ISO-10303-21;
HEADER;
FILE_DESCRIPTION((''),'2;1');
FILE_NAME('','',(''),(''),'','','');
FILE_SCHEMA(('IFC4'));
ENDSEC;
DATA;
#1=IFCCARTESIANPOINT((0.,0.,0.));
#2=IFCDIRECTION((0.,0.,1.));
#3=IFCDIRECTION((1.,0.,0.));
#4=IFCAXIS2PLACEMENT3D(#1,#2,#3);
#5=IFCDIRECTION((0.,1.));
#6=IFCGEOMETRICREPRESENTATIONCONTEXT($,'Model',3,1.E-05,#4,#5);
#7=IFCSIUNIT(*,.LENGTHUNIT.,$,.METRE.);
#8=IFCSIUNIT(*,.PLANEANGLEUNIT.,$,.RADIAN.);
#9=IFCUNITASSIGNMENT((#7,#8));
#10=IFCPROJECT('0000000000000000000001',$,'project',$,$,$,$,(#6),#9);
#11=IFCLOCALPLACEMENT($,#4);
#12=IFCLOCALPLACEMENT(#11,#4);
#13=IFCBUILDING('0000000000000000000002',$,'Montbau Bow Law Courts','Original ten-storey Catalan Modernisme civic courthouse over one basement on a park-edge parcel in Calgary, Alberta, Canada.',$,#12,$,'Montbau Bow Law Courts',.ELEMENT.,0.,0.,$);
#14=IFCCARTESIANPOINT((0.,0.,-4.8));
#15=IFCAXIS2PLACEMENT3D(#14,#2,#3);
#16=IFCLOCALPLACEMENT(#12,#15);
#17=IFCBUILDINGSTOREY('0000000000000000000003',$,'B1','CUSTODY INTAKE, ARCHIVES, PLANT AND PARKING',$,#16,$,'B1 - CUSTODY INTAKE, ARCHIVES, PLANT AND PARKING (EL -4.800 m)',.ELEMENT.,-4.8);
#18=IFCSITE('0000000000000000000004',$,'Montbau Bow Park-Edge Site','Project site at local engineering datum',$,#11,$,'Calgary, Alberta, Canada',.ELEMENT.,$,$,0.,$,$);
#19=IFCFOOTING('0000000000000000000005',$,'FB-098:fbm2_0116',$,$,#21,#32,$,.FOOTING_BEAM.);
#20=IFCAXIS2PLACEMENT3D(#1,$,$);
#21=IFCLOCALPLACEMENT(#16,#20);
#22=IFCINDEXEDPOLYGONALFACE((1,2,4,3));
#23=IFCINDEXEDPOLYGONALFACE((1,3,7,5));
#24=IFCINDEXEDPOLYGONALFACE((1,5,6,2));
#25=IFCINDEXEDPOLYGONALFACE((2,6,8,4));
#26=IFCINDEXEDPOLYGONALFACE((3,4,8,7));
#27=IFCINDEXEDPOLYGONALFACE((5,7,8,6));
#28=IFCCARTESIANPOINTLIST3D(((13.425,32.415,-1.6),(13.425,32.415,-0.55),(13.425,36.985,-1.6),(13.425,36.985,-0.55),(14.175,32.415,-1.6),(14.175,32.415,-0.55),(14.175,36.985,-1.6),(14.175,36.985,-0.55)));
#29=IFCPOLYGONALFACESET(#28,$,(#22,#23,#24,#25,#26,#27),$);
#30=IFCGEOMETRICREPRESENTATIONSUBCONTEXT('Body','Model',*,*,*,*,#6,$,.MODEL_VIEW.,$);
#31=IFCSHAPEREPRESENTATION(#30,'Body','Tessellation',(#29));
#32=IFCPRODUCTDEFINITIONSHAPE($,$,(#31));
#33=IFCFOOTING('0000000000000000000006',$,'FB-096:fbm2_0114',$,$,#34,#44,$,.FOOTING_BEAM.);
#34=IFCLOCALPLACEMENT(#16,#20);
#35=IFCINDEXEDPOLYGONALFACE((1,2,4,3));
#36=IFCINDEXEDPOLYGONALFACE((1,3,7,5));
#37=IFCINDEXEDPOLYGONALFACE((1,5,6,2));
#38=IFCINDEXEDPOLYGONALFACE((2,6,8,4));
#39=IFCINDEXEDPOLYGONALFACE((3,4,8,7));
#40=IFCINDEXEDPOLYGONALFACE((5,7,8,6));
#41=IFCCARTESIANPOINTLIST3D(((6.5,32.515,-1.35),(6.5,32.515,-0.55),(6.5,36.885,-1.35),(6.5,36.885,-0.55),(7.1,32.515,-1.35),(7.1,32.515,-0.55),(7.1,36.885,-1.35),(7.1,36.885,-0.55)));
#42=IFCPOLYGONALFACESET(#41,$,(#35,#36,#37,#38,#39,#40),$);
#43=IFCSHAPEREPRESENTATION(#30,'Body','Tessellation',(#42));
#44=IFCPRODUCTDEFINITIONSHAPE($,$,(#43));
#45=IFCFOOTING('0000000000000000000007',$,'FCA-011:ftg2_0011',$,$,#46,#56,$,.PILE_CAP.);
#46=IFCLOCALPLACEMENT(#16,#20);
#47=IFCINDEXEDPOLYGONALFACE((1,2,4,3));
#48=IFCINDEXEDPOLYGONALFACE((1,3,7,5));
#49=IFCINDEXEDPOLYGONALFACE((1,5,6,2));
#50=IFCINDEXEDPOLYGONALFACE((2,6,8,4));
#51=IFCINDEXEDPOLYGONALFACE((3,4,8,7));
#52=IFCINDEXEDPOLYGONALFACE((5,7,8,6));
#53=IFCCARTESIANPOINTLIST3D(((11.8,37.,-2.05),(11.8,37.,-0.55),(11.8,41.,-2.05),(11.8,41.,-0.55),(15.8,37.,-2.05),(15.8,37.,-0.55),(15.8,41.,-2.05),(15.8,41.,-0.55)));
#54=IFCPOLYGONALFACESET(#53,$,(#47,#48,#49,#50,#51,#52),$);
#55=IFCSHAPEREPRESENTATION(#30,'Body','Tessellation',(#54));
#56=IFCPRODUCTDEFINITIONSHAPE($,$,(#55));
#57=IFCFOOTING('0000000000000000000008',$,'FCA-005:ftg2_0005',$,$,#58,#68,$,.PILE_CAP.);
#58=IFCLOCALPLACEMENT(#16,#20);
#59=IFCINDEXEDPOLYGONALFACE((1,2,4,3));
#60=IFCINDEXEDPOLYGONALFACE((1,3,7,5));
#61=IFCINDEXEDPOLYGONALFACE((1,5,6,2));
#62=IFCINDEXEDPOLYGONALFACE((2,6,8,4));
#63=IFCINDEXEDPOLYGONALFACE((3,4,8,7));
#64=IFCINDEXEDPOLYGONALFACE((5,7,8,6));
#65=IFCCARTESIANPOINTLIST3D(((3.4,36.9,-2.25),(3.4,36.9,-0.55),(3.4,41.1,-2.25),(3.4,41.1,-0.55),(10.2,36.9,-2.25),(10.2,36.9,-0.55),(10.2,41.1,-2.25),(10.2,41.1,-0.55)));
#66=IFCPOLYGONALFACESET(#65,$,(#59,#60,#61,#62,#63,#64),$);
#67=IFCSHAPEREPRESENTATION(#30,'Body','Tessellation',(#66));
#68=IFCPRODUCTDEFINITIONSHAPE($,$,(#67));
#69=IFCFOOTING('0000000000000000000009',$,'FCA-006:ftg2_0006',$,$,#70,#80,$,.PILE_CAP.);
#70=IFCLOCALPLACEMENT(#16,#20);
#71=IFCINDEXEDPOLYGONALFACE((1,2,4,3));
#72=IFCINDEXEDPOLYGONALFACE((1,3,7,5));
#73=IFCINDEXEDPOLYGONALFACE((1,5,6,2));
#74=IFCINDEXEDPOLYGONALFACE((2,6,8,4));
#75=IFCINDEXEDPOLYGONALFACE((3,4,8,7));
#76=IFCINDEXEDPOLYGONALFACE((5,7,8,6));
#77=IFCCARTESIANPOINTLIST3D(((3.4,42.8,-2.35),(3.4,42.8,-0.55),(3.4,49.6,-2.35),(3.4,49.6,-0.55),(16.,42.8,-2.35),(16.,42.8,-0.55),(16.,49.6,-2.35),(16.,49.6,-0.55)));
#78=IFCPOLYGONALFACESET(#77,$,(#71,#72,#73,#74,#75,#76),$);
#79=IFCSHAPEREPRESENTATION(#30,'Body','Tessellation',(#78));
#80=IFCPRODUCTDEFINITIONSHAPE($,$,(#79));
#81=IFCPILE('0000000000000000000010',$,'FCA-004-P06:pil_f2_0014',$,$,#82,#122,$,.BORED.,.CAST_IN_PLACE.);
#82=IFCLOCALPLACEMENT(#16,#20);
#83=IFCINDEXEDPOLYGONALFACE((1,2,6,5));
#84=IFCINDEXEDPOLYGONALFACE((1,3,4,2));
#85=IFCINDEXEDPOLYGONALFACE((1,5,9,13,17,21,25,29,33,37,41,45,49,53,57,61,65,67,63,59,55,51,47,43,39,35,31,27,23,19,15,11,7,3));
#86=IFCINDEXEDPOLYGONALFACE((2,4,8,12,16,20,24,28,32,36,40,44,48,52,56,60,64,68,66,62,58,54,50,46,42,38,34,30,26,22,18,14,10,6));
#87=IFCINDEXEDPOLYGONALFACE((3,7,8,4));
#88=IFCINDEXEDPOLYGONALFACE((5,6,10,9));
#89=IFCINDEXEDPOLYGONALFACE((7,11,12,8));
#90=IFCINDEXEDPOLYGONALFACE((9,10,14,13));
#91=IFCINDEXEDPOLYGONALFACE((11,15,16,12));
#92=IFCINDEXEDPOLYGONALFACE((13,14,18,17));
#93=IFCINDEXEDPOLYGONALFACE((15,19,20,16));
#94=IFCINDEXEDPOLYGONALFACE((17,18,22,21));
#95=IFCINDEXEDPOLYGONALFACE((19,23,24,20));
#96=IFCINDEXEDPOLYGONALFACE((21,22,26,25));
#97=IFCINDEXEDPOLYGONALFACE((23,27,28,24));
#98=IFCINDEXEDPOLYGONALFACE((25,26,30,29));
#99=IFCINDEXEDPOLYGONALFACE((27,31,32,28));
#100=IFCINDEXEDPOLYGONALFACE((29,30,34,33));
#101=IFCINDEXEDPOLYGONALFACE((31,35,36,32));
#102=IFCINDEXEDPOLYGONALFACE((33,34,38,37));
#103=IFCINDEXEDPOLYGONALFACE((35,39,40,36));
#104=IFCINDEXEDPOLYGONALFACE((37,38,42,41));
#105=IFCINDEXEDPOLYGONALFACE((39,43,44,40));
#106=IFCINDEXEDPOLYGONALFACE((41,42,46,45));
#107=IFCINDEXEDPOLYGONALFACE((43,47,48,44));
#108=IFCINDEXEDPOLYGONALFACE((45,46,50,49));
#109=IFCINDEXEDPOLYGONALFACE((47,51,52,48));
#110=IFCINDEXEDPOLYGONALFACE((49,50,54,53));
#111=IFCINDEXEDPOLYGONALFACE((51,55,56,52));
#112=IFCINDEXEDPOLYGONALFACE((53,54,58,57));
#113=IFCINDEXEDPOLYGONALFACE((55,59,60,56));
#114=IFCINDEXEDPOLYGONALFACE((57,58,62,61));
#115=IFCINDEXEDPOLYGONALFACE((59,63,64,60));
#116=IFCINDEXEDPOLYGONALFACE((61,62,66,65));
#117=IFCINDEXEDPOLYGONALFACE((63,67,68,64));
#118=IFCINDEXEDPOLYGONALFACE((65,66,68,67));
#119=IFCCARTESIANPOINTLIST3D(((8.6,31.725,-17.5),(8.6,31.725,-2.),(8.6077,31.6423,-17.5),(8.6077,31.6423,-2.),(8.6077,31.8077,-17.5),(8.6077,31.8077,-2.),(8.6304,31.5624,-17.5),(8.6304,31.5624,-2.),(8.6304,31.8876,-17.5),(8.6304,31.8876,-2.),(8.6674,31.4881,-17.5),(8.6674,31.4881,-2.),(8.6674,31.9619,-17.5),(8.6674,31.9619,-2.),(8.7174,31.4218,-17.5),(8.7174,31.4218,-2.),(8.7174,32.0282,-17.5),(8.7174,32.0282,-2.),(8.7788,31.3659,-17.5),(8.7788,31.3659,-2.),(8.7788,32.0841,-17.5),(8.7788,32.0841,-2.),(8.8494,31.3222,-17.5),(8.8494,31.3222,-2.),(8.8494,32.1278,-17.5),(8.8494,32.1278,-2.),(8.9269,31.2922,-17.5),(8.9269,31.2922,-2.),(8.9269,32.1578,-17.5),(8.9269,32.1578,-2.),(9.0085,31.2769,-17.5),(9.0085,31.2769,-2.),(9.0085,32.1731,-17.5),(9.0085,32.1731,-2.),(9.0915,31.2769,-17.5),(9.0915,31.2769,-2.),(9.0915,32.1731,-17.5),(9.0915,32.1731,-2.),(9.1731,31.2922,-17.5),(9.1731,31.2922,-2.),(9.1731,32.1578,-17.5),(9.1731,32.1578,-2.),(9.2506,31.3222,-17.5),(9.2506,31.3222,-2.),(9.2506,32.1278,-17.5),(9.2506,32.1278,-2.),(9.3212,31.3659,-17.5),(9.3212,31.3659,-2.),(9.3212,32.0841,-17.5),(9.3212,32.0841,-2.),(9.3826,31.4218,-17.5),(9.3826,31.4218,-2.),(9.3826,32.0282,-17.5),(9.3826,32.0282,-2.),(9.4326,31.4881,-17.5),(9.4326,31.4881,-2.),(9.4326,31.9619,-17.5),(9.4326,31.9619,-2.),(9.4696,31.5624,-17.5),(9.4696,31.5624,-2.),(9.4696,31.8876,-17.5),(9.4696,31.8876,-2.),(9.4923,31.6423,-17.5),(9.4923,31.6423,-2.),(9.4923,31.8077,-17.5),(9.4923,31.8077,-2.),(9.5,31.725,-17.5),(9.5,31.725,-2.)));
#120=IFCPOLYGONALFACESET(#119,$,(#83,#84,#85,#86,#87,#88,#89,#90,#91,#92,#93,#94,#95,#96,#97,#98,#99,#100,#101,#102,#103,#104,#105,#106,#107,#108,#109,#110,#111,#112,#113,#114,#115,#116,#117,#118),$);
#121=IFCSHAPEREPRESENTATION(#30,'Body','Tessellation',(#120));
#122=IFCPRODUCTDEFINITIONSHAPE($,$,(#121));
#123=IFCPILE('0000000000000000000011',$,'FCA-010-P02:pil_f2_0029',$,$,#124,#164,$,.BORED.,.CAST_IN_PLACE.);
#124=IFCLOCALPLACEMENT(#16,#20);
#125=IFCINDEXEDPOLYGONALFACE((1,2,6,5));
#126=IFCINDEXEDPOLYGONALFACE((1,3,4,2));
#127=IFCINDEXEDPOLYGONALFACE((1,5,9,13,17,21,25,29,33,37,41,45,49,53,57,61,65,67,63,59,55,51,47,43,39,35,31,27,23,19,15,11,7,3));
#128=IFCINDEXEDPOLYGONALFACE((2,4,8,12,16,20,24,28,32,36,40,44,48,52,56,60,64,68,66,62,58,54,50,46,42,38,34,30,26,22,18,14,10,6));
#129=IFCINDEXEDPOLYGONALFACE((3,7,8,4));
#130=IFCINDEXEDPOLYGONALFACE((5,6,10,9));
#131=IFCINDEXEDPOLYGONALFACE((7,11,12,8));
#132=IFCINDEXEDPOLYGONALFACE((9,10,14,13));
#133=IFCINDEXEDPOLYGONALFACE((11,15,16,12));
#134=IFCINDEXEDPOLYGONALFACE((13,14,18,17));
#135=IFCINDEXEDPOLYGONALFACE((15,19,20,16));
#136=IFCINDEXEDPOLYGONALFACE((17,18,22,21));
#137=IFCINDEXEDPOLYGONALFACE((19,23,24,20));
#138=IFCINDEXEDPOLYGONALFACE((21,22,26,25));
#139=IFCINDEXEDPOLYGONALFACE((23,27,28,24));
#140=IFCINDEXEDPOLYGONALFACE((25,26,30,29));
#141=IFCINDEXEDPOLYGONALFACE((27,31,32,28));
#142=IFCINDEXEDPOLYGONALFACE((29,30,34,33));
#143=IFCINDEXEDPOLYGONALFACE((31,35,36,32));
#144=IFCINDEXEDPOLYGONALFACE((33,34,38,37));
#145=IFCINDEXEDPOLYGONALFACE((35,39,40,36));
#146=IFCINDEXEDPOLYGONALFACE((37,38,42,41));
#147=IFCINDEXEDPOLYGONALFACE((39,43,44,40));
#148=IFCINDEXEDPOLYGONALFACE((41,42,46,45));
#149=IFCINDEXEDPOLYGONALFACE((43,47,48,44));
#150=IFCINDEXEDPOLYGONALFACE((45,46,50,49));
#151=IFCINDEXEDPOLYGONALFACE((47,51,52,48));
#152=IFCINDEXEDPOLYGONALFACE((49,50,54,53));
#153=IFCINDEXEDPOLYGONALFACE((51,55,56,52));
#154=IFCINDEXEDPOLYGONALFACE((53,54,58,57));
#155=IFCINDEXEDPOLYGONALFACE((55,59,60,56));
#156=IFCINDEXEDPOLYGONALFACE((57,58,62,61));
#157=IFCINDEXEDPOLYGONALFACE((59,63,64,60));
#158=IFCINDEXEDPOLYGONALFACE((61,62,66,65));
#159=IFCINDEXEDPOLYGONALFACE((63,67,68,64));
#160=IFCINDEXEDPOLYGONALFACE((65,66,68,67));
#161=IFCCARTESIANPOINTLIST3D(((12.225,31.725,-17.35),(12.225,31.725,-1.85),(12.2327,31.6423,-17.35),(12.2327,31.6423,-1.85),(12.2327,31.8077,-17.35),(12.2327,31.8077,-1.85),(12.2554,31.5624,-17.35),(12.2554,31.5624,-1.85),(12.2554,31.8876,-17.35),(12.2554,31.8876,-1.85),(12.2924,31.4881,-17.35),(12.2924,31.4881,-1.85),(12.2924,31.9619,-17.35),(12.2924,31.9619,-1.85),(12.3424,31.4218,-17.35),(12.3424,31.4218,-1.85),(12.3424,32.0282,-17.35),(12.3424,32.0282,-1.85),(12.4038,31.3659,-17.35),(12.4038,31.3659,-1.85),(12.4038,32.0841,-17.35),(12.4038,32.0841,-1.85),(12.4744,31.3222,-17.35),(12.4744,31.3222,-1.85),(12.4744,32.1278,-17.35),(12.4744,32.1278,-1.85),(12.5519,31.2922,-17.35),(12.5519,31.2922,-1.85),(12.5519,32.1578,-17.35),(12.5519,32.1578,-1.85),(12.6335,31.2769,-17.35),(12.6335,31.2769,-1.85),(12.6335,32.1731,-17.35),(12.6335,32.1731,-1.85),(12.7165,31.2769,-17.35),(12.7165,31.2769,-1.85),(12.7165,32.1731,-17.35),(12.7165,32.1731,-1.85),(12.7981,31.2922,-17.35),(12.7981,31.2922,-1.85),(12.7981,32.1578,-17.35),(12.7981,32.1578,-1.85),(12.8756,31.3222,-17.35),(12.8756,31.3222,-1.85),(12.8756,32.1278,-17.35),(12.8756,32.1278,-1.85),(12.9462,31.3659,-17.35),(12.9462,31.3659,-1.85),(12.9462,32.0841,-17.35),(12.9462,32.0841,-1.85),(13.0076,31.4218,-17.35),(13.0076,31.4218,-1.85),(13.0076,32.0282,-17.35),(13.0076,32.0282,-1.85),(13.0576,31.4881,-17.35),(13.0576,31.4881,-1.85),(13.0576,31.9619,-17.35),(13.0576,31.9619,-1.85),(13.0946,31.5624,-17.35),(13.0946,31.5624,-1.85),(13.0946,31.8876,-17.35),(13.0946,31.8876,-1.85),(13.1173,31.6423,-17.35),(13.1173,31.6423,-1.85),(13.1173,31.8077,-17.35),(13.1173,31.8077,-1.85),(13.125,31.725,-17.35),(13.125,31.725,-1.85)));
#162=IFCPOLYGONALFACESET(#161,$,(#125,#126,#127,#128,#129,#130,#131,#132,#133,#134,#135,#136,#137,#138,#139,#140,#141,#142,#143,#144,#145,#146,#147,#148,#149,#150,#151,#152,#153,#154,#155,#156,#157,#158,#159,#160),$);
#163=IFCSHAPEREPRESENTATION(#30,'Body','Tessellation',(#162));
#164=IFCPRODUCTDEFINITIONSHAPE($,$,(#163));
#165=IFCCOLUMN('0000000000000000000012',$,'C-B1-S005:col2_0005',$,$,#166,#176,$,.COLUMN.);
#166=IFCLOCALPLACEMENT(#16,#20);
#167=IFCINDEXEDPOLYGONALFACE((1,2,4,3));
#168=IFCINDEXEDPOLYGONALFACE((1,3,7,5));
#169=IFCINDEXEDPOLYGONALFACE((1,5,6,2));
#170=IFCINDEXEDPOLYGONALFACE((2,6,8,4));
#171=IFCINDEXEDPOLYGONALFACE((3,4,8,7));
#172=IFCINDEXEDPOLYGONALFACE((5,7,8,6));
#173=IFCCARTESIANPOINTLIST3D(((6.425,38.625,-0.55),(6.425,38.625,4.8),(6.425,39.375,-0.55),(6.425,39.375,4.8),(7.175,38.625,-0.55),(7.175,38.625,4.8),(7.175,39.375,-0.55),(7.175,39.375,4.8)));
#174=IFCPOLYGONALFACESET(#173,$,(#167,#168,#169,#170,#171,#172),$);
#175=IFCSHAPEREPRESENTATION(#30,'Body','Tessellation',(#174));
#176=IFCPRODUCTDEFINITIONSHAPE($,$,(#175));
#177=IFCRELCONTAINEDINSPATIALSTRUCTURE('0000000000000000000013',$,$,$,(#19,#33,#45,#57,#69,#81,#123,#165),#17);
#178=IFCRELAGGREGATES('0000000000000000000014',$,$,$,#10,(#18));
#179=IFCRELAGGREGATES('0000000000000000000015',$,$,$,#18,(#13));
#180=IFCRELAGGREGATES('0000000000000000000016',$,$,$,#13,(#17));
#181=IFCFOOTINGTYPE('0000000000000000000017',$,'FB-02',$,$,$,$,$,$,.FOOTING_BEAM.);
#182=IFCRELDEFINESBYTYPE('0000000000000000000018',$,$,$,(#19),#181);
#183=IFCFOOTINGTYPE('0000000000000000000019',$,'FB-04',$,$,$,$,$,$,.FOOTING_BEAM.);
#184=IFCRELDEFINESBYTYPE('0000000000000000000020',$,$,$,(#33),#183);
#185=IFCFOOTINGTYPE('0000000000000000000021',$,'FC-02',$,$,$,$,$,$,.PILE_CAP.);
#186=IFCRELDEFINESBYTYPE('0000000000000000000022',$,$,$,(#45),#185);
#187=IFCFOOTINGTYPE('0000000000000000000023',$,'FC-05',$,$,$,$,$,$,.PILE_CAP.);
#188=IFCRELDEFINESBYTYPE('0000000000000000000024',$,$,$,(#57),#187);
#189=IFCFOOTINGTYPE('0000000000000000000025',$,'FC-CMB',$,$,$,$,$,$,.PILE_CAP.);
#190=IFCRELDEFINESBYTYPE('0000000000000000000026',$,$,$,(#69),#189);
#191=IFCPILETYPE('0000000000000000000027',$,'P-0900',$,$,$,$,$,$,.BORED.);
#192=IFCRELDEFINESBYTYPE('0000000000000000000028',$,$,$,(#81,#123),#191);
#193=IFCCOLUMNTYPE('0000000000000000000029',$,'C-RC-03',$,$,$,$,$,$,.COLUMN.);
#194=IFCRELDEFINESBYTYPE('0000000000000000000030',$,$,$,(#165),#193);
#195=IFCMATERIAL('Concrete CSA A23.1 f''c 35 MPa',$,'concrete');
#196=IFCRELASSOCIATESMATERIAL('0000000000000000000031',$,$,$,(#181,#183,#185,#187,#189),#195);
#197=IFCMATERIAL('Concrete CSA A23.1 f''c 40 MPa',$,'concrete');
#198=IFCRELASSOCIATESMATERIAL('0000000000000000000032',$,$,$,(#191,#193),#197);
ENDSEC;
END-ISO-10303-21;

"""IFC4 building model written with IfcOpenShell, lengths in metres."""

from ifc_helpers import new_model, si_unit, direction, frame, origin_with_axes, origin_2d_with_axis, place, context, subcontext, project, spatial, rectangle, circle, extrude, material, material_profile, profile_set, type_object, element, save


model = new_model("IFC4")

# Units and contexts
model_context = context("Model", 3, precision=1e-05, world=origin_with_axes(), true_north=direction((0.0, 1.0)))
body_context = subcontext(model_context, "Body", "Model", "MODEL_VIEW")
ifc_project = project(units=[si_unit("LENGTHUNIT", "METRE"), si_unit("PLANEANGLEUNIT", "RADIAN")], contexts=[model_context])

# Site, building, storey
site_placement = place(None, origin_with_axes())
site = spatial("IfcSite", under=ifc_project, at=site_placement, Name="Montbau Bow Park-Edge Site", Description="Project site at local engineering datum", LongName="Calgary, Alberta, Canada", CompositionType="ELEMENT", RefElevation=0.0)
building_placement = place(site_placement, origin_with_axes())
building = spatial("IfcBuilding", under=site, at=building_placement, Name="Montbau Bow Law Courts", Description="Original ten-storey Catalan Modernisme civic courthouse over one basement on a park-edge parcel in Calgary, Alberta, Canada.", LongName="Montbau Bow Law Courts", CompositionType="ELEMENT", ElevationOfRefHeight=0.0, ElevationOfTerrain=0.0)
storey_placement = place(building_placement, frame((0.0, 0.0, -4.8), z_axis=(0.0, 0.0, 1.0), x_axis=(1.0, 0.0, 0.0)))
storey = spatial("IfcBuildingStorey", under=building, at=storey_placement, Name="B1", Description="CUSTODY INTAKE, ARCHIVES, PLANT AND PARKING", LongName="B1 - CUSTODY INTAKE, ARCHIVES, PLANT AND PARKING (EL -4.800 m)", CompositionType="ELEMENT", Elevation=-4.8)

# Footings
ifc_material_1 = material(Name="Concrete CSA A23.1 f'c 35 MPa", Category="concrete")
footing_type_1 = type_object("IfcFootingType", Name="FB-02", PredefinedType="FOOTING_BEAM", material=ifc_material_1)
footing_1_placement = place(None, frame((13.8, 34.7, -6.4), z_axis=(0.0, 0.0, 1.0), x_axis=(0.0, 1.0, 0.0)))
element("IfcFooting", 1, at=footing_1_placement, inside=storey, type_object=footing_type_1, Name="FB-098:fbm2_0116", PredefinedType="FOOTING_BEAM", context=body_context, shape_type="SweptSolid", body=[
    extrude(rectangle(XDim=4.57, YDim=0.75, at=origin_2d_with_axis()), origin_with_axes(), (0.0, 0.0, 1.0), 1.05),
])
footing_type_2 = type_object("IfcFootingType", Name="FB-04", PredefinedType="FOOTING_BEAM", material=ifc_material_1)
footing_2_placement = place(None, frame((6.8, 34.7, -6.15), z_axis=(0.0, 0.0, 1.0), x_axis=(0.0, 1.0, 0.0)))
element("IfcFooting", 2, at=footing_2_placement, inside=storey, type_object=footing_type_2, Name="FB-096:fbm2_0114", PredefinedType="FOOTING_BEAM", context=body_context, shape_type="SweptSolid", body=[
    extrude(rectangle(XDim=4.37, YDim=0.6, at=origin_2d_with_axis()), origin_with_axes(), (0.0, 0.0, 1.0), 0.8),
])
footing_type_3 = type_object("IfcFootingType", Name="FC-02", PredefinedType="PILE_CAP", material=ifc_material_1)
footing_3_placement = place(None, frame((13.8, 39.0, -6.85), z_axis=(0.0, 0.0, 1.0), x_axis=(1.0, 0.0, 0.0)))
element("IfcFooting", 3, at=footing_3_placement, inside=storey, type_object=footing_type_3, Name="FCA-011:ftg2_0011", PredefinedType="PILE_CAP", context=body_context, shape_type="SweptSolid", body=[
    extrude(rectangle(XDim=4.0, YDim=4.0, at=origin_2d_with_axis()), origin_with_axes(), (0.0, 0.0, 1.0), 1.5),
])
footing_type_4 = type_object("IfcFootingType", Name="FC-05", PredefinedType="PILE_CAP", material=ifc_material_1)
footing_4_placement = place(None, frame((6.8, 39.0, -7.05), z_axis=(0.0, 0.0, 1.0), x_axis=(1.0, 0.0, 0.0)))
element("IfcFooting", 4, at=footing_4_placement, inside=storey, type_object=footing_type_4, Name="FCA-005:ftg2_0005", PredefinedType="PILE_CAP", context=body_context, shape_type="SweptSolid", body=[
    extrude(rectangle(XDim=6.8, YDim=4.2, at=origin_2d_with_axis()), origin_with_axes(), (0.0, 0.0, 1.0), 1.7),
])
footing_type_5 = type_object("IfcFootingType", Name="FC-CMB", PredefinedType="PILE_CAP", material=ifc_material_1)
footing_5_placement = place(None, frame((9.7, 46.2, -7.15), z_axis=(0.0, 0.0, 1.0), x_axis=(1.0, 0.0, 0.0)))
element("IfcFooting", 5, at=footing_5_placement, inside=storey, type_object=footing_type_5, Name="FCA-006:ftg2_0006", PredefinedType="PILE_CAP", context=body_context, shape_type="SweptSolid", body=[
    extrude(rectangle(XDim=12.6, YDim=6.8, at=origin_2d_with_axis()), origin_with_axes(), (0.0, 0.0, 1.0), 1.8),
])

# Piles
ifc_material_2 = material(Name="Concrete CSA A23.1 f'c 40 MPa", Category="concrete")
ifc_material_profile_1 = material_profile(ifc_material_2, circle(Radius=0.45, at=origin_2d_with_axis()), Name="BP900", Category="Main", Priority=0)
ifc_profile_set_1 = profile_set([ifc_material_profile_1], Name="Concrete CSA A23.1 f'c 40 MPa")
pile_type = type_object("IfcPileType", Name="P-0900", PredefinedType="BORED", material=ifc_profile_set_1)
for number, where, z_axis, x_axis, name in (
    (6, (9.05, 31.725, -22.3), (0.0, 0.0, 1.0), (1.0, 0.0, 0.0), "FCA-004-P06:pil_f2_0014"),
    (7, (12.675, 31.725, -22.15), (0.0, 0.0, 1.0), (1.0, 0.0, 0.0), "FCA-010-P02:pil_f2_0029"),
):
    element("IfcPile", number, at=place(None, frame(where, z_axis=z_axis, x_axis=x_axis)), inside=storey, type_object=pile_type, Name=name, ConstructionType="CAST_IN_PLACE", PredefinedType="BORED", context=body_context, shape_type="SweptSolid", body=[
        extrude(circle(Radius=0.45, at=origin_2d_with_axis()), origin_with_axes(), (0.0, 0.0, 1.0), 15.5),
    ])

# Column
ifc_material_profile_2 = material_profile(ifc_material_2, rectangle(XDim=0.75, YDim=0.75, at=origin_2d_with_axis()), Name="RC750X750", Category="Main", Priority=0)
ifc_profile_set_2 = profile_set([ifc_material_profile_2], Name="Concrete CSA A23.1 f'c 40 MPa")
column_type_1 = type_object("IfcColumnType", Name="C-RC-03", PredefinedType="COLUMN", material=ifc_profile_set_2)
column_1_placement = place(None, frame((6.8, 39.0, -5.35), z_axis=(0.0, 0.0, 1.0), x_axis=(1.0, 0.0, 0.0)))
element("IfcColumn", 8, at=column_1_placement, inside=storey, type_object=column_type_1, Name="C-B1-S005:col2_0005", PredefinedType="COLUMN", context=body_context, shape_type="SweptSolid", body=[
    extrude(rectangle(XDim=0.75, YDim=0.75, at=origin_2d_with_axis()), origin_with_axes(), (0.0, 0.0, 1.0), 5.35),
])

save(model, "model.ifc")
